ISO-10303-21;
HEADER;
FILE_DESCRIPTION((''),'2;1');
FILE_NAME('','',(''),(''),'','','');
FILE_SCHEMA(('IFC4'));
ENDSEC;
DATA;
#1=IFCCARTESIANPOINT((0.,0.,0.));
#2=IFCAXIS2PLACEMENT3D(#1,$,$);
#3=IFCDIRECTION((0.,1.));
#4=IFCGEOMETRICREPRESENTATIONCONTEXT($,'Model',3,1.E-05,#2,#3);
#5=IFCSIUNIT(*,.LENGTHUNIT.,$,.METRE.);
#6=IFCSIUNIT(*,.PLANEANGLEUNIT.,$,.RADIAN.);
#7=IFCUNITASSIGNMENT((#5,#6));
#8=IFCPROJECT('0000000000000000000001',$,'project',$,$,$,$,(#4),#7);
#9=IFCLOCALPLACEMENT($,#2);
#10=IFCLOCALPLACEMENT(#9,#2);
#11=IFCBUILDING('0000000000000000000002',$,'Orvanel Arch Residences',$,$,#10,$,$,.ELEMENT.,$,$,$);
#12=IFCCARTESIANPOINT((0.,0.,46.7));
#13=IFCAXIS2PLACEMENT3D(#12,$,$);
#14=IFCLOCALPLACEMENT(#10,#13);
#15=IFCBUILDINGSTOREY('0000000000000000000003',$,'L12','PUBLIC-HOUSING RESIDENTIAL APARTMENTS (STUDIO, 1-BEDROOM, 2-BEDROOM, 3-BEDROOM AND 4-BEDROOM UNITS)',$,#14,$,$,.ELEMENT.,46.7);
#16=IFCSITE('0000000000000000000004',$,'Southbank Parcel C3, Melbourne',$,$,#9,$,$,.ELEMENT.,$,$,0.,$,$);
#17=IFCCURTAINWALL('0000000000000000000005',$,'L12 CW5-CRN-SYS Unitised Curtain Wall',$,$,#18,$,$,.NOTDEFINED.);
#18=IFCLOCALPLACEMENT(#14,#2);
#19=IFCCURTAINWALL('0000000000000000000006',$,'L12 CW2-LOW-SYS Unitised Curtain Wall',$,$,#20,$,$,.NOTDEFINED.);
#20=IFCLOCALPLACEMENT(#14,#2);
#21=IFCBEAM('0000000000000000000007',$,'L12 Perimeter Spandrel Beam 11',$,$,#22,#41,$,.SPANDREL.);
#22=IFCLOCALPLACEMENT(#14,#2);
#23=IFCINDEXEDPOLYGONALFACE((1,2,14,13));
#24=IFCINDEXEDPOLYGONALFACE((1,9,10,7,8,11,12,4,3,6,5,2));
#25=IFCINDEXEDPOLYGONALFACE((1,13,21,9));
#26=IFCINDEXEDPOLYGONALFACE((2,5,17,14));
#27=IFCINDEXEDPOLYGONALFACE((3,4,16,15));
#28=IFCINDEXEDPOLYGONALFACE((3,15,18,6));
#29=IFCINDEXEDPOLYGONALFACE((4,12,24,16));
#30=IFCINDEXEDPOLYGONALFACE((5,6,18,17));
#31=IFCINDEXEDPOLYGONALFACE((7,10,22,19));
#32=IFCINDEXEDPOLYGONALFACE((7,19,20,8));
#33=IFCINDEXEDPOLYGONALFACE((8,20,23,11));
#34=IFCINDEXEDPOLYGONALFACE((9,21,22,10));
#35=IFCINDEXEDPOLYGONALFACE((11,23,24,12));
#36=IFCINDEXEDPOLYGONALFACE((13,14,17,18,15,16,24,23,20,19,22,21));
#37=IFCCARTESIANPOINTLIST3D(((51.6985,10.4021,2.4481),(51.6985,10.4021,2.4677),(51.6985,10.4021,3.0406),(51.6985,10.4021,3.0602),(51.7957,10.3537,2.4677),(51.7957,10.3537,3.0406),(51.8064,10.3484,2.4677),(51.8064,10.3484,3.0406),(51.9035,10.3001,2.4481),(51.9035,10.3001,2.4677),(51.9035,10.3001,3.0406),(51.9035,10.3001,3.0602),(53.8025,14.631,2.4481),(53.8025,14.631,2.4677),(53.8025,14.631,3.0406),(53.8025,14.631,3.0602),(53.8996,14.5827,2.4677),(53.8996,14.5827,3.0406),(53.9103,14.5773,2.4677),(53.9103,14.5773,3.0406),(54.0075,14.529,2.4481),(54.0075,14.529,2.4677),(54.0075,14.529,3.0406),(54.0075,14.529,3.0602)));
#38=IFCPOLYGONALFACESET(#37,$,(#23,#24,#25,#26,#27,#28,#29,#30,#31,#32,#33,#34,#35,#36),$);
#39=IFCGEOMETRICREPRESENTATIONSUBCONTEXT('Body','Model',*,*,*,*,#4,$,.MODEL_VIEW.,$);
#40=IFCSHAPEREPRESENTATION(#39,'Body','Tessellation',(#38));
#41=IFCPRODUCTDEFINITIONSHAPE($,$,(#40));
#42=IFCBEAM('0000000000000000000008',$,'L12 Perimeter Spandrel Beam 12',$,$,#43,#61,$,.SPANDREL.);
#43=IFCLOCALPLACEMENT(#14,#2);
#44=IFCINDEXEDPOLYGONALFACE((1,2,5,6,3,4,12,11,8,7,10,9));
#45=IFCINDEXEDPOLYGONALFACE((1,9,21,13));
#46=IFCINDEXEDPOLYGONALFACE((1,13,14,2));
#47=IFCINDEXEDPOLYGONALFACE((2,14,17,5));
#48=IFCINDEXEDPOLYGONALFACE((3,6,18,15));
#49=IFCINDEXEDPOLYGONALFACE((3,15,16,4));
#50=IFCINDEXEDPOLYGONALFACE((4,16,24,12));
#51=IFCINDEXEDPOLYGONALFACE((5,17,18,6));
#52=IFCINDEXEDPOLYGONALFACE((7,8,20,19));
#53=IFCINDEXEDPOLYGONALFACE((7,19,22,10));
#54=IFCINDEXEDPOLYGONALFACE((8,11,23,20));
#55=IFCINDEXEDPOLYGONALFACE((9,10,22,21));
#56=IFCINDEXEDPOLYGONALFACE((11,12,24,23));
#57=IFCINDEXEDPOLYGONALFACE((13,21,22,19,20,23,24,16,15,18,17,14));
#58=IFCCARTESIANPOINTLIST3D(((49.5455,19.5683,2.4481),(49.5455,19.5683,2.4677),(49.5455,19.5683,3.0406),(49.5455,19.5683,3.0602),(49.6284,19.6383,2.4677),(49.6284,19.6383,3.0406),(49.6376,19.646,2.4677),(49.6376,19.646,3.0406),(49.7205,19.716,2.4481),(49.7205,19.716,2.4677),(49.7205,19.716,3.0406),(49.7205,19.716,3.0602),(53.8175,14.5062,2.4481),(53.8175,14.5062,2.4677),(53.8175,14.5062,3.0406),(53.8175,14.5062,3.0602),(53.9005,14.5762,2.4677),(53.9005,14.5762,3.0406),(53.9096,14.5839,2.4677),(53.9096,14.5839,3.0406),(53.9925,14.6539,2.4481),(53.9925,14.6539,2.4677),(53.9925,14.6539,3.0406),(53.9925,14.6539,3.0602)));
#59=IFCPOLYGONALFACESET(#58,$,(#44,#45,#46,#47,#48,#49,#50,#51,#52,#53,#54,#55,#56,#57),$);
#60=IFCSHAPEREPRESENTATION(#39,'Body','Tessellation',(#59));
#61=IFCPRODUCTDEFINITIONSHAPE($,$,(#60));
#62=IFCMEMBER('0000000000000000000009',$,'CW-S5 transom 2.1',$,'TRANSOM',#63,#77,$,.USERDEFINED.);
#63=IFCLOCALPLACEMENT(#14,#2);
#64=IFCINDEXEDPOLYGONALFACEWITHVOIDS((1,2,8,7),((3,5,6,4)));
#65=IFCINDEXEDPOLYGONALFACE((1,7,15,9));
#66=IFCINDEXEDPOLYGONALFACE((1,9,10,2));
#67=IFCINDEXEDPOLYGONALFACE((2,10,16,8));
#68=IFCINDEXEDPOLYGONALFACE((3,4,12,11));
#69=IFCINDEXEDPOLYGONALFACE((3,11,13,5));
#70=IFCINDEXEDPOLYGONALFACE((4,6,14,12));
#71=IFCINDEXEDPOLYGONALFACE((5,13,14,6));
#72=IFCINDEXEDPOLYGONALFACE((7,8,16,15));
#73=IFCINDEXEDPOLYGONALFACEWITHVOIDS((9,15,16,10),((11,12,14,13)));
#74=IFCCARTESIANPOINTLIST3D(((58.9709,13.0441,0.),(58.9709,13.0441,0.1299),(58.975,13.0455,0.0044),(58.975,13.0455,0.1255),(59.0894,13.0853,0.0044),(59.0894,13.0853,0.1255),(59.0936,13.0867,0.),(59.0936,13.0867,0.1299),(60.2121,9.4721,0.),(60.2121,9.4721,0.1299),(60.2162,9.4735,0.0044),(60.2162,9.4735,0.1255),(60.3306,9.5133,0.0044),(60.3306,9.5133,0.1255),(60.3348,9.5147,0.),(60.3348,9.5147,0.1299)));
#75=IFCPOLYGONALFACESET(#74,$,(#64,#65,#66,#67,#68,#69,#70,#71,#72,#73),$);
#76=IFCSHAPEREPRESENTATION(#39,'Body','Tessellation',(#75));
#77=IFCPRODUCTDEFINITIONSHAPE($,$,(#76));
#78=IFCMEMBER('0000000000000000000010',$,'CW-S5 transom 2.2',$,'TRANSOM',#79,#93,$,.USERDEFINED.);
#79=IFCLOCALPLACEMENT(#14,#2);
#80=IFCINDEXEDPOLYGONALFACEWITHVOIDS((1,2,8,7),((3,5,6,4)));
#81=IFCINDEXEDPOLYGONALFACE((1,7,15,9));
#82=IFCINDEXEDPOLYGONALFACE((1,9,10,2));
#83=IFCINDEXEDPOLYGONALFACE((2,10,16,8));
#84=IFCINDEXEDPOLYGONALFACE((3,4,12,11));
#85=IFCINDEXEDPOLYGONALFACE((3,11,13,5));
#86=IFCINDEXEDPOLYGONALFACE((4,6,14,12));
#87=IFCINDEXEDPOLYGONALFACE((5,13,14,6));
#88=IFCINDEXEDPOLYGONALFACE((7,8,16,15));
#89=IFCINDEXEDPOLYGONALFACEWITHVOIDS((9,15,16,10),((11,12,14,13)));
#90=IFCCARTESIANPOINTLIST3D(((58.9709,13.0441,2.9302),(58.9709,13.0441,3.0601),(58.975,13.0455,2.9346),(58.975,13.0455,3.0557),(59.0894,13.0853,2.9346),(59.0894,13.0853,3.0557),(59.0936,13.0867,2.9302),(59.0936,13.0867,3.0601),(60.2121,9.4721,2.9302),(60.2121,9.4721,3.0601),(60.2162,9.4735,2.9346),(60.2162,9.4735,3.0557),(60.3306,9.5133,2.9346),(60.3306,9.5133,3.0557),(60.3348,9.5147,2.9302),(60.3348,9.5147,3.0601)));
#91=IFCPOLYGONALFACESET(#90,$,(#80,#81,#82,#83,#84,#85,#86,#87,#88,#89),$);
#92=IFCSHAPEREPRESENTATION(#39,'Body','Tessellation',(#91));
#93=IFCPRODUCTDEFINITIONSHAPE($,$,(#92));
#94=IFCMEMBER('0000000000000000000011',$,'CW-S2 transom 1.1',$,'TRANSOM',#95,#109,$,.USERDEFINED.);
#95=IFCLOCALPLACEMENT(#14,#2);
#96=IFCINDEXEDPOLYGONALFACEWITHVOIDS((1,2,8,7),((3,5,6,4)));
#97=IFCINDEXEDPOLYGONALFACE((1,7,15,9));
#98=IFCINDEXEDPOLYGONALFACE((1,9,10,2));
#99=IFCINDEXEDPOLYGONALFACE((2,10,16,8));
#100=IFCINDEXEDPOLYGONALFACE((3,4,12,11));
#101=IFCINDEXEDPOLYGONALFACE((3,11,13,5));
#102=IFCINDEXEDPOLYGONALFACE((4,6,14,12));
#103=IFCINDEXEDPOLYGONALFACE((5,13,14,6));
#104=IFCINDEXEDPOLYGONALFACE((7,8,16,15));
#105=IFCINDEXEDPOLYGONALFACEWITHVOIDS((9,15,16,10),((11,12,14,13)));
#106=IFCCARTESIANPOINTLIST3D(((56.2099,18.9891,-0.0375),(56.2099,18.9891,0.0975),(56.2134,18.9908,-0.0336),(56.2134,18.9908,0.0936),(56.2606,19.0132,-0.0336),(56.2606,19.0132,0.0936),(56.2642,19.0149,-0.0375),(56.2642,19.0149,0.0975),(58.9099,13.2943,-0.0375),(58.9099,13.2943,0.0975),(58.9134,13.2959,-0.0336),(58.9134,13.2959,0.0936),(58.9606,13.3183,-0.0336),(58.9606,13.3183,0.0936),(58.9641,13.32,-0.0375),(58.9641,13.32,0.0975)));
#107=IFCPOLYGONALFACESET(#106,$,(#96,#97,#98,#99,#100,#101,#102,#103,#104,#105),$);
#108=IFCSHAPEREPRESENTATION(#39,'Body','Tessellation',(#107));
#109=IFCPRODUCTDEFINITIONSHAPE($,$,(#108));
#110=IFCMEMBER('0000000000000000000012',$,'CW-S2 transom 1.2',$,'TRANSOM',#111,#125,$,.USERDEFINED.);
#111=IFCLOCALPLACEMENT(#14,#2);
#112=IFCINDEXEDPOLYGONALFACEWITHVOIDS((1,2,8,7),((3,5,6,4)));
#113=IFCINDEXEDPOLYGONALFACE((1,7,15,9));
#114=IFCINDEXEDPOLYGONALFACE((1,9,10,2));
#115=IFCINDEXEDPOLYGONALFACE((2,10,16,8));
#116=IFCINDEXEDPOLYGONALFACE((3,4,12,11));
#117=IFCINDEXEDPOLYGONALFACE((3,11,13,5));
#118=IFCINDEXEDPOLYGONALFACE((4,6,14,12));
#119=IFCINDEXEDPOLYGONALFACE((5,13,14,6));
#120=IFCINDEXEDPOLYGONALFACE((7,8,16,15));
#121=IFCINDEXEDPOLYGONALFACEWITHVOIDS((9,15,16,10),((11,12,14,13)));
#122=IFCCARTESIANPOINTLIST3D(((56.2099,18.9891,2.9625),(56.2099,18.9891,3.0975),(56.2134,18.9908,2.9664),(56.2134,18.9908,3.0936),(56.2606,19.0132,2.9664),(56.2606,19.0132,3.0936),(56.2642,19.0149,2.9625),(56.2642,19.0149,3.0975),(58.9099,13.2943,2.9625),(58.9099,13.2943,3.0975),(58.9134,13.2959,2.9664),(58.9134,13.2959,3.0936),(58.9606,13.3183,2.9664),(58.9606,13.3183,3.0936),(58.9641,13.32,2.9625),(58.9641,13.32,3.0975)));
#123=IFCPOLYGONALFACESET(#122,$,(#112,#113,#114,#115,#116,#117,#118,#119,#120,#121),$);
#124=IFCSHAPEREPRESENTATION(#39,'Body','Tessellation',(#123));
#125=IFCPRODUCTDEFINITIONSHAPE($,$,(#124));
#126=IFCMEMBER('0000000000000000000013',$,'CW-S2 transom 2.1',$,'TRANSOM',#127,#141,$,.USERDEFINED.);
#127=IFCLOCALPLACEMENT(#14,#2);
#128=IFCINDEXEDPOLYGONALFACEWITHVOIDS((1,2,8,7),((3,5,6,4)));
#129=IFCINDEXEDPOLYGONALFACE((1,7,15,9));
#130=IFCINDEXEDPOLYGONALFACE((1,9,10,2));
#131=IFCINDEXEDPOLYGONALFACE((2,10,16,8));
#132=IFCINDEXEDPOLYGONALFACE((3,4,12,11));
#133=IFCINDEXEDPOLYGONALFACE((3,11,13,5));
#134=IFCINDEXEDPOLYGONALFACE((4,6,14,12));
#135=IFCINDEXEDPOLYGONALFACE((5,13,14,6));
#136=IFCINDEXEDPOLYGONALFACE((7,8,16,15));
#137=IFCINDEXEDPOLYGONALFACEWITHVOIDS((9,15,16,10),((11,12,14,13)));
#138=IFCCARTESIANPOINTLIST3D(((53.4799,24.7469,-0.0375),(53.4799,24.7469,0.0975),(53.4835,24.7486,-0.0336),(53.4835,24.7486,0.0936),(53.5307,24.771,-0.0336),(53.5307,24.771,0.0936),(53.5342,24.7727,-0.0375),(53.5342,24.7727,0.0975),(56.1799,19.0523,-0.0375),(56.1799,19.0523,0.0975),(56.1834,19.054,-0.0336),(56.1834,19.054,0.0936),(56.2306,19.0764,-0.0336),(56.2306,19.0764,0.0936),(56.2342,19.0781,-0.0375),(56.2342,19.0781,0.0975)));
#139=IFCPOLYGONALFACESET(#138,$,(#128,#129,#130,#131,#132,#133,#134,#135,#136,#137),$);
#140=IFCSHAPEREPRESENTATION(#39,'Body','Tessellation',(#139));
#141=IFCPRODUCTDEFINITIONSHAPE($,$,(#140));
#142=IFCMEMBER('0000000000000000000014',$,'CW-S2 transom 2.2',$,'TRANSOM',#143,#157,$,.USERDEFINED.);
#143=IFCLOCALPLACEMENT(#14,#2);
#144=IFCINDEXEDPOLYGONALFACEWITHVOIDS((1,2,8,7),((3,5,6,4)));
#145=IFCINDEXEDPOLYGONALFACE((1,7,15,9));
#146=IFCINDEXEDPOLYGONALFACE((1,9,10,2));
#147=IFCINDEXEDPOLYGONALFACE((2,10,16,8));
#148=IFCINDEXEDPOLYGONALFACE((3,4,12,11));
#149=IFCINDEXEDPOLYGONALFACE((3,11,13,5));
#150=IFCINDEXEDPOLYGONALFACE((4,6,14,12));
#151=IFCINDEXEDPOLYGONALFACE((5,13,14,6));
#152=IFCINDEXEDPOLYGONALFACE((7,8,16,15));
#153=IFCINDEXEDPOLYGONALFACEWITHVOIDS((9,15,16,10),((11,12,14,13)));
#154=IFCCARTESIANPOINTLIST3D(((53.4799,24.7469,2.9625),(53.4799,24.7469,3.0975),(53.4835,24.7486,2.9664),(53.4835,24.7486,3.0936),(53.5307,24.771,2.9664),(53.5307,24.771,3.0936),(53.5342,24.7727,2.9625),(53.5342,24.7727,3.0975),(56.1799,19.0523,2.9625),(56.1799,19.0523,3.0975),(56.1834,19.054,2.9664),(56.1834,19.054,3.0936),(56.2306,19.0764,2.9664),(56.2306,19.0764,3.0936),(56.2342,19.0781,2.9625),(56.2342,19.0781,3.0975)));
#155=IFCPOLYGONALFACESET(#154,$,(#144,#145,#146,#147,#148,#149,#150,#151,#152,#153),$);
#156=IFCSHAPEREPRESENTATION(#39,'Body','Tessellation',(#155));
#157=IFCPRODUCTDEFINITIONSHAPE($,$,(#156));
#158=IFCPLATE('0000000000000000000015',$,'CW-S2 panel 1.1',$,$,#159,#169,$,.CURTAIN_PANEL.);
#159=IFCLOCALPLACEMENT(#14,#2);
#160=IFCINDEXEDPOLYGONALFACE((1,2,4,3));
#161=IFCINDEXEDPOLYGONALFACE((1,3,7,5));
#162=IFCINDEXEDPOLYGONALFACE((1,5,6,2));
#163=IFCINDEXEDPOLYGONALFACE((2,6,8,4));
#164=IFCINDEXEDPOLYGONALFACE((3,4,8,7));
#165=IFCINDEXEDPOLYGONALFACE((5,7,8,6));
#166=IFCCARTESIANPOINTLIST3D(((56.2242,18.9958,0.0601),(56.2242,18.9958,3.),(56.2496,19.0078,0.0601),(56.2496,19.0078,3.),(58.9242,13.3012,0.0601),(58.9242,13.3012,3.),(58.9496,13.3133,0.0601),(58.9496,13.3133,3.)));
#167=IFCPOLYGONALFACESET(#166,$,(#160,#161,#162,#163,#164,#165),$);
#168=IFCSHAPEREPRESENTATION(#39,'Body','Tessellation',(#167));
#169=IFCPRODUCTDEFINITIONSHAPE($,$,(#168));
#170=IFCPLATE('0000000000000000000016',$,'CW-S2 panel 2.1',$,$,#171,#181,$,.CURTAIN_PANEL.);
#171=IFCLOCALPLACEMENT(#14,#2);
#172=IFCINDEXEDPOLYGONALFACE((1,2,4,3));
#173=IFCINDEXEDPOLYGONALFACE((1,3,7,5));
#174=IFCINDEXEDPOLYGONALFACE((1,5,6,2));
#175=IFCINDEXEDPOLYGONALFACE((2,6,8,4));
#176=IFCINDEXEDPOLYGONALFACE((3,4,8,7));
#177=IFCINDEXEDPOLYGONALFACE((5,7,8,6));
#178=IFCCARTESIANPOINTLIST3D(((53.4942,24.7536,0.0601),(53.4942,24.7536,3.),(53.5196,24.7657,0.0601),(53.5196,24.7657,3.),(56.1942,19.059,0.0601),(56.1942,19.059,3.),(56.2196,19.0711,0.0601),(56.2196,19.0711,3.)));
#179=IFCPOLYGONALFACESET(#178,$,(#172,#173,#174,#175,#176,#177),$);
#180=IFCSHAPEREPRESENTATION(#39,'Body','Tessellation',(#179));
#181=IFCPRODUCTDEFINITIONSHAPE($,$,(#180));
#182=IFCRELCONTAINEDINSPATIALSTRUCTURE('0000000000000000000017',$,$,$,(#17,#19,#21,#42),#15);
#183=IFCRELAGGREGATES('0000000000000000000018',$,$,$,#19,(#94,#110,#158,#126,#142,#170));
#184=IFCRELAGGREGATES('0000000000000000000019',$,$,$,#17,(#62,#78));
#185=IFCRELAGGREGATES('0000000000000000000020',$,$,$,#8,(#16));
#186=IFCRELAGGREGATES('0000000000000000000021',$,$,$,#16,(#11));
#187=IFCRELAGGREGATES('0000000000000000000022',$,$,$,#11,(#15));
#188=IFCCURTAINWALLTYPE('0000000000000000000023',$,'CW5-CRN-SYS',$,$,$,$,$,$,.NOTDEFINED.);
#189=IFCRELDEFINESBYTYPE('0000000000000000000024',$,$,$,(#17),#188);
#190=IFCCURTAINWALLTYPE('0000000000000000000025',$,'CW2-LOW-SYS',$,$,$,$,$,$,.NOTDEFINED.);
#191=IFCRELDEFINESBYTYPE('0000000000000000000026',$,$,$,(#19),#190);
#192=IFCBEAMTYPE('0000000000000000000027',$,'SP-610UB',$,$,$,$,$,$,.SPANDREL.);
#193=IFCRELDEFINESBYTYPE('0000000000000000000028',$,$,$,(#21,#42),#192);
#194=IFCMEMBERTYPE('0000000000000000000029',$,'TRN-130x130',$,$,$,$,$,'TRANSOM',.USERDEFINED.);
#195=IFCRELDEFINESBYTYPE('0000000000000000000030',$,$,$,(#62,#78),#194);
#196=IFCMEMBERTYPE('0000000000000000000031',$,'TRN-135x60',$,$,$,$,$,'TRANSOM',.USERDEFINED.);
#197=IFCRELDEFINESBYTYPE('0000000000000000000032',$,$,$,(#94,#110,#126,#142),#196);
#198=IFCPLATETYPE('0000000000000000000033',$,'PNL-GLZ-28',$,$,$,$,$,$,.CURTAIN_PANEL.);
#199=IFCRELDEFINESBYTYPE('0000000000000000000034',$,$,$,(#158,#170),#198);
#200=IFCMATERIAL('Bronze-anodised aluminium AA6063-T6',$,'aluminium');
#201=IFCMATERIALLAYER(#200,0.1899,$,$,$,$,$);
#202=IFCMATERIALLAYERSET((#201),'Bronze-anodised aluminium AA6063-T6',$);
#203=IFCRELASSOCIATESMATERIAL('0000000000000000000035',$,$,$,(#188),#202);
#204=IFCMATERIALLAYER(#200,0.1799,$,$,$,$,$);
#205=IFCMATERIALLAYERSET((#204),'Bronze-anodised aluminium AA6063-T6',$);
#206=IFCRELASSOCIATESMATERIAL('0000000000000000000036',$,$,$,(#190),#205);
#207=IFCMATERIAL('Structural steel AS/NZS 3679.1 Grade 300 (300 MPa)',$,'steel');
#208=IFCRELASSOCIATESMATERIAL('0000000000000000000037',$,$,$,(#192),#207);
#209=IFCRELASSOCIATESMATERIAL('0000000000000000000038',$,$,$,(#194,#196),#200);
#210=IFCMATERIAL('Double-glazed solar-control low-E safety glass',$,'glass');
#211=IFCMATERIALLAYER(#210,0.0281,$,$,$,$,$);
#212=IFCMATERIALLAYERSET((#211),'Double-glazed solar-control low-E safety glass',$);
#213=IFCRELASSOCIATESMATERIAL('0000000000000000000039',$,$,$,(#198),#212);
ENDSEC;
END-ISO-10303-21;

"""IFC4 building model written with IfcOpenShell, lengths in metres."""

from ifc_helpers import new_model, si_unit, direction, frame, origin, origin_2d, place, context, subcontext, project, spatial, rectangle, hollow_rectangle, i_section, extrude, material, layer, layer_set, material_profile, profile_set, type_object, element, aggregate, save


model = new_model("IFC4")

# Units and contexts
model_context = context("Model", 3, precision=1e-05, world=origin(), true_north=direction((0.0, 1.0)))
body_context = subcontext(model_context, "Body", "Model", "MODEL_VIEW")
ifc_project = project(units=[si_unit("LENGTHUNIT", "METRE"), si_unit("PLANEANGLEUNIT", "RADIAN")], contexts=[model_context])

# Site, building, storey
site_placement = place(None, origin())
site = spatial("IfcSite", under=ifc_project, at=site_placement, Name="Southbank Parcel C3, Melbourne", CompositionType="ELEMENT", RefElevation=0.0)
building_placement = place(site_placement, origin())
building = spatial("IfcBuilding", under=site, at=building_placement, Name="Orvanel Arch Residences", CompositionType="ELEMENT")
storey_placement = place(building_placement, frame((0.0, 0.0, 46.7)))
storey = spatial("IfcBuildingStorey", under=building, at=storey_placement, Name="L12", Description="PUBLIC-HOUSING RESIDENTIAL APARTMENTS (STUDIO, 1-BEDROOM, 2-BEDROOM, 3-BEDROOM AND 4-BEDROOM UNITS)", CompositionType="ELEMENT", Elevation=46.7)

# Curtain walls
ifc_material_1 = material(Name="Bronze-anodised aluminium AA6063-T6", Category="aluminium")
ifc_layer_1 = layer(ifc_material_1, 0.1899)
ifc_layer_set_1 = layer_set([ifc_layer_1], Name="Bronze-anodised aluminium AA6063-T6")
curtain_wall_type_1 = type_object("IfcCurtainWallType", Name="CW5-CRN-SYS", PredefinedType="NOTDEFINED", material=ifc_layer_set_1)
curtain_wall_1_placement = place(storey_placement, origin())
curtain_wall_1 = element("IfcCurtainWall", 1, at=curtain_wall_1_placement, inside=storey, type_object=curtain_wall_type_1, Name="L12 CW5-CRN-SYS Unitised Curtain Wall", PredefinedType="NOTDEFINED")
ifc_layer_2 = layer(ifc_material_1, 0.1799)
ifc_layer_set_2 = layer_set([ifc_layer_2], Name="Bronze-anodised aluminium AA6063-T6")
curtain_wall_type_2 = type_object("IfcCurtainWallType", Name="CW2-LOW-SYS", PredefinedType="NOTDEFINED", material=ifc_layer_set_2)
curtain_wall_2_placement = place(storey_placement, origin())
curtain_wall_2 = element("IfcCurtainWall", 2, at=curtain_wall_2_placement, inside=storey, type_object=curtain_wall_type_2, Name="L12 CW2-LOW-SYS Unitised Curtain Wall", PredefinedType="NOTDEFINED")

# Beams
ifc_material_2 = material(Name="Structural steel AS/NZS 3679.1 Grade 300 (300 MPa)", Category="steel")
ifc_material_profile_1 = material_profile(ifc_material_2, i_section(OverallWidth=0.229, OverallDepth=0.6121, WebThickness=0.012, FlangeThickness=0.0195, at=origin_2d()), Name="610UB125")
ifc_profile_set_1 = profile_set([ifc_material_profile_1], Name="Structural steel AS/NZS 3679.1 Grade 300 (300 MPa)")
beam_type_1 = type_object("IfcBeamType", Name="SP-610UB", PredefinedType="SPANDREL", material=ifc_profile_set_1)
beam_1_placement = place(storey_placement, frame((51.801, 10.3511, 2.7542), z_axis=(0.445435, 0.895314, 0.0), x_axis=(-0.895314, 0.445435, 0.0)))
element("IfcBeam", 3, at=beam_1_placement, inside=storey, type_object=beam_type_1, Name="L12 Perimeter Spandrel Beam 11", PredefinedType="SPANDREL", context=body_context, shape_type="SweptSolid", body=[
    extrude(i_section(OverallWidth=0.229, OverallDepth=0.6121, WebThickness=0.012, FlangeThickness=0.0195, at=origin_2d()), origin(), (0.0, 0.0, 1.0), 4.7234),
])
beam_2_placement = place(storey_placement, frame((53.905, 14.5801, 2.7542), z_axis=(-0.64495, 0.764224, 0.0), x_axis=(-0.764224, -0.64495, 0.0)))
element("IfcBeam", 4, at=beam_2_placement, inside=storey, type_object=beam_type_1, Name="L12 Perimeter Spandrel Beam 12", PredefinedType="SPANDREL", context=body_context, shape_type="SweptSolid", body=[
    extrude(i_section(OverallWidth=0.229, OverallDepth=0.6121, WebThickness=0.012, FlangeThickness=0.0195, at=origin_2d()), origin(), (0.0, 0.0, 1.0), 6.6238),
])

# Members
ifc_material_profile_2 = material_profile(ifc_material_1, hollow_rectangle(XDim=0.1299, YDim=0.1299, WallThickness=0.0044, at=origin_2d()), Name="ALU130x130x4.5")
ifc_profile_set_2 = profile_set([ifc_material_profile_2], Name="Bronze-anodised aluminium AA6063-T6")
member_type_1 = type_object("IfcMemberType", Name="TRN-130x130", ElementType="TRANSOM", PredefinedType="USERDEFINED", material=ifc_profile_set_2)
member_1_placement = place(storey_placement, frame((60.2734, 9.4934, 0.0649), z_axis=(-0.32823, 0.944598, 0.0), x_axis=(-0.944598, -0.32823, 0.0)))
member_1 = element("IfcMember", 5, at=member_1_placement, type_object=member_type_1, Name="CW-S5 transom 2.1", ObjectType="TRANSOM", PredefinedType="USERDEFINED", context=body_context, shape_type="SweptSolid", body=[
    extrude(hollow_rectangle(XDim=0.1299, YDim=0.1299, WallThickness=0.0044, at=origin_2d()), origin(), (0.0, 0.0, 1.0), 3.7815),
])
member_2_placement = place(storey_placement, frame((60.2734, 9.4934, 2.9951), z_axis=(-0.32823, 0.944598, 0.0), x_axis=(-0.944598, -0.32823, 0.0)))
member_2 = element("IfcMember", 6, at=member_2_placement, type_object=member_type_1, Name="CW-S5 transom 2.2", ObjectType="TRANSOM", PredefinedType="USERDEFINED", context=body_context, shape_type="SweptSolid", body=[
    extrude(hollow_rectangle(XDim=0.1299, YDim=0.1299, WallThickness=0.0044, at=origin_2d()), origin(), (0.0, 0.0, 1.0), 3.7815),
])
ifc_material_profile_3 = material_profile(ifc_material_1, hollow_rectangle(XDim=0.0601, YDim=0.135, WallThickness=0.0039, at=origin_2d()), Name="ALU135x60x4")
ifc_profile_set_3 = profile_set([ifc_material_profile_3], Name="Bronze-anodised aluminium AA6063-T6")
member_type_2 = type_object("IfcMemberType", Name="TRN-135x60", ElementType="TRANSOM", PredefinedType="USERDEFINED", material=ifc_profile_set_3)
member_3_placement = place(storey_placement, frame((58.937, 13.3071, 0.03), z_axis=(-0.428398, 0.90359, 0.0), x_axis=(-0.90359, -0.428398, 0.0)))
member_3 = element("IfcMember", 7, at=member_3_placement, type_object=member_type_2, Name="CW-S2 transom 1.1", ObjectType="TRANSOM", PredefinedType="USERDEFINED", context=body_context, shape_type="SweptSolid", body=[
    extrude(hollow_rectangle(XDim=0.0601, YDim=0.135, WallThickness=0.0039, at=origin_2d()), origin(), (0.0, 0.0, 1.0), 6.3025),
])
member_4_placement = place(storey_placement, frame((58.937, 13.3071, 3.03), z_axis=(-0.428398, 0.90359, 0.0), x_axis=(-0.90359, -0.428398, 0.0)))
member_4 = element("IfcMember", 8, at=member_4_placement, type_object=member_type_2, Name="CW-S2 transom 1.2", ObjectType="TRANSOM", PredefinedType="USERDEFINED", context=body_context, shape_type="SweptSolid", body=[
    extrude(hollow_rectangle(XDim=0.0601, YDim=0.135, WallThickness=0.0039, at=origin_2d()), origin(), (0.0, 0.0, 1.0), 6.3025),
])
member_5_placement = place(storey_placement, frame((56.207, 19.0652, 0.03), z_axis=(-0.428413, 0.903583, 0.0), x_axis=(-0.903583, -0.428413, 0.0)))
member_5 = element("IfcMember", 9, at=member_5_placement, type_object=member_type_2, Name="CW-S2 transom 2.1", ObjectType="TRANSOM", PredefinedType="USERDEFINED", context=body_context, shape_type="SweptSolid", body=[
    extrude(hollow_rectangle(XDim=0.0601, YDim=0.135, WallThickness=0.0039, at=origin_2d()), origin(), (0.0, 0.0, 1.0), 6.3022),
])
member_6_placement = place(storey_placement, frame((56.207, 19.0652, 3.03), z_axis=(-0.428413, 0.903583, 0.0), x_axis=(-0.903583, -0.428413, 0.0)))
member_6 = element("IfcMember", 10, at=member_6_placement, type_object=member_type_2, Name="CW-S2 transom 2.2", ObjectType="TRANSOM", PredefinedType="USERDEFINED", context=body_context, shape_type="SweptSolid", body=[
    extrude(hollow_rectangle(XDim=0.0601, YDim=0.135, WallThickness=0.0039, at=origin_2d()), origin(), (0.0, 0.0, 1.0), 6.3022),
])

# Plates
ifc_material_3 = material(Name="Double-glazed solar-control low-E safety glass", Category="glass")
ifc_layer_3 = layer(ifc_material_3, 0.0281)
ifc_layer_set_3 = layer_set([ifc_layer_3], Name="Double-glazed solar-control low-E safety glass")
plate_type_1 = type_object("IfcPlateType", Name="PNL-GLZ-28", PredefinedType="CURTAIN_PANEL", material=ifc_layer_set_3)
plate_1_placement = place(storey_placement, frame((57.5869, 16.1545, 0.0601), z_axis=(0.0, 0.0, 1.0), x_axis=(-0.428418, 0.90358, 0.0)))
plate_1 = element("IfcPlate", 11, at=plate_1_placement, type_object=plate_type_1, Name="CW-S2 panel 1.1", PredefinedType="CURTAIN_PANEL", context=body_context, shape_type="SweptSolid", body=[
    extrude(rectangle(XDim=6.3022, YDim=0.0281, at=origin_2d()), origin(), (0.0, 0.0, 1.0), 2.9399),
])
plate_2_placement = place(storey_placement, frame((54.8569, 21.9124, 0.0601), z_axis=(0.0, 0.0, 1.0), x_axis=(-0.428418, 0.90358, 0.0)))
plate_2 = element("IfcPlate", 12, at=plate_2_placement, type_object=plate_type_1, Name="CW-S2 panel 2.1", PredefinedType="CURTAIN_PANEL", context=body_context, shape_type="SweptSolid", body=[
    extrude(rectangle(XDim=6.3022, YDim=0.0281, at=origin_2d()), origin(), (0.0, 0.0, 1.0), 2.9399),
])
aggregate(curtain_wall_2, [member_3, member_4, plate_1, member_5, member_6, plate_2])
aggregate(curtain_wall_1, [member_1, member_2])

save(model, "model.ifc")
